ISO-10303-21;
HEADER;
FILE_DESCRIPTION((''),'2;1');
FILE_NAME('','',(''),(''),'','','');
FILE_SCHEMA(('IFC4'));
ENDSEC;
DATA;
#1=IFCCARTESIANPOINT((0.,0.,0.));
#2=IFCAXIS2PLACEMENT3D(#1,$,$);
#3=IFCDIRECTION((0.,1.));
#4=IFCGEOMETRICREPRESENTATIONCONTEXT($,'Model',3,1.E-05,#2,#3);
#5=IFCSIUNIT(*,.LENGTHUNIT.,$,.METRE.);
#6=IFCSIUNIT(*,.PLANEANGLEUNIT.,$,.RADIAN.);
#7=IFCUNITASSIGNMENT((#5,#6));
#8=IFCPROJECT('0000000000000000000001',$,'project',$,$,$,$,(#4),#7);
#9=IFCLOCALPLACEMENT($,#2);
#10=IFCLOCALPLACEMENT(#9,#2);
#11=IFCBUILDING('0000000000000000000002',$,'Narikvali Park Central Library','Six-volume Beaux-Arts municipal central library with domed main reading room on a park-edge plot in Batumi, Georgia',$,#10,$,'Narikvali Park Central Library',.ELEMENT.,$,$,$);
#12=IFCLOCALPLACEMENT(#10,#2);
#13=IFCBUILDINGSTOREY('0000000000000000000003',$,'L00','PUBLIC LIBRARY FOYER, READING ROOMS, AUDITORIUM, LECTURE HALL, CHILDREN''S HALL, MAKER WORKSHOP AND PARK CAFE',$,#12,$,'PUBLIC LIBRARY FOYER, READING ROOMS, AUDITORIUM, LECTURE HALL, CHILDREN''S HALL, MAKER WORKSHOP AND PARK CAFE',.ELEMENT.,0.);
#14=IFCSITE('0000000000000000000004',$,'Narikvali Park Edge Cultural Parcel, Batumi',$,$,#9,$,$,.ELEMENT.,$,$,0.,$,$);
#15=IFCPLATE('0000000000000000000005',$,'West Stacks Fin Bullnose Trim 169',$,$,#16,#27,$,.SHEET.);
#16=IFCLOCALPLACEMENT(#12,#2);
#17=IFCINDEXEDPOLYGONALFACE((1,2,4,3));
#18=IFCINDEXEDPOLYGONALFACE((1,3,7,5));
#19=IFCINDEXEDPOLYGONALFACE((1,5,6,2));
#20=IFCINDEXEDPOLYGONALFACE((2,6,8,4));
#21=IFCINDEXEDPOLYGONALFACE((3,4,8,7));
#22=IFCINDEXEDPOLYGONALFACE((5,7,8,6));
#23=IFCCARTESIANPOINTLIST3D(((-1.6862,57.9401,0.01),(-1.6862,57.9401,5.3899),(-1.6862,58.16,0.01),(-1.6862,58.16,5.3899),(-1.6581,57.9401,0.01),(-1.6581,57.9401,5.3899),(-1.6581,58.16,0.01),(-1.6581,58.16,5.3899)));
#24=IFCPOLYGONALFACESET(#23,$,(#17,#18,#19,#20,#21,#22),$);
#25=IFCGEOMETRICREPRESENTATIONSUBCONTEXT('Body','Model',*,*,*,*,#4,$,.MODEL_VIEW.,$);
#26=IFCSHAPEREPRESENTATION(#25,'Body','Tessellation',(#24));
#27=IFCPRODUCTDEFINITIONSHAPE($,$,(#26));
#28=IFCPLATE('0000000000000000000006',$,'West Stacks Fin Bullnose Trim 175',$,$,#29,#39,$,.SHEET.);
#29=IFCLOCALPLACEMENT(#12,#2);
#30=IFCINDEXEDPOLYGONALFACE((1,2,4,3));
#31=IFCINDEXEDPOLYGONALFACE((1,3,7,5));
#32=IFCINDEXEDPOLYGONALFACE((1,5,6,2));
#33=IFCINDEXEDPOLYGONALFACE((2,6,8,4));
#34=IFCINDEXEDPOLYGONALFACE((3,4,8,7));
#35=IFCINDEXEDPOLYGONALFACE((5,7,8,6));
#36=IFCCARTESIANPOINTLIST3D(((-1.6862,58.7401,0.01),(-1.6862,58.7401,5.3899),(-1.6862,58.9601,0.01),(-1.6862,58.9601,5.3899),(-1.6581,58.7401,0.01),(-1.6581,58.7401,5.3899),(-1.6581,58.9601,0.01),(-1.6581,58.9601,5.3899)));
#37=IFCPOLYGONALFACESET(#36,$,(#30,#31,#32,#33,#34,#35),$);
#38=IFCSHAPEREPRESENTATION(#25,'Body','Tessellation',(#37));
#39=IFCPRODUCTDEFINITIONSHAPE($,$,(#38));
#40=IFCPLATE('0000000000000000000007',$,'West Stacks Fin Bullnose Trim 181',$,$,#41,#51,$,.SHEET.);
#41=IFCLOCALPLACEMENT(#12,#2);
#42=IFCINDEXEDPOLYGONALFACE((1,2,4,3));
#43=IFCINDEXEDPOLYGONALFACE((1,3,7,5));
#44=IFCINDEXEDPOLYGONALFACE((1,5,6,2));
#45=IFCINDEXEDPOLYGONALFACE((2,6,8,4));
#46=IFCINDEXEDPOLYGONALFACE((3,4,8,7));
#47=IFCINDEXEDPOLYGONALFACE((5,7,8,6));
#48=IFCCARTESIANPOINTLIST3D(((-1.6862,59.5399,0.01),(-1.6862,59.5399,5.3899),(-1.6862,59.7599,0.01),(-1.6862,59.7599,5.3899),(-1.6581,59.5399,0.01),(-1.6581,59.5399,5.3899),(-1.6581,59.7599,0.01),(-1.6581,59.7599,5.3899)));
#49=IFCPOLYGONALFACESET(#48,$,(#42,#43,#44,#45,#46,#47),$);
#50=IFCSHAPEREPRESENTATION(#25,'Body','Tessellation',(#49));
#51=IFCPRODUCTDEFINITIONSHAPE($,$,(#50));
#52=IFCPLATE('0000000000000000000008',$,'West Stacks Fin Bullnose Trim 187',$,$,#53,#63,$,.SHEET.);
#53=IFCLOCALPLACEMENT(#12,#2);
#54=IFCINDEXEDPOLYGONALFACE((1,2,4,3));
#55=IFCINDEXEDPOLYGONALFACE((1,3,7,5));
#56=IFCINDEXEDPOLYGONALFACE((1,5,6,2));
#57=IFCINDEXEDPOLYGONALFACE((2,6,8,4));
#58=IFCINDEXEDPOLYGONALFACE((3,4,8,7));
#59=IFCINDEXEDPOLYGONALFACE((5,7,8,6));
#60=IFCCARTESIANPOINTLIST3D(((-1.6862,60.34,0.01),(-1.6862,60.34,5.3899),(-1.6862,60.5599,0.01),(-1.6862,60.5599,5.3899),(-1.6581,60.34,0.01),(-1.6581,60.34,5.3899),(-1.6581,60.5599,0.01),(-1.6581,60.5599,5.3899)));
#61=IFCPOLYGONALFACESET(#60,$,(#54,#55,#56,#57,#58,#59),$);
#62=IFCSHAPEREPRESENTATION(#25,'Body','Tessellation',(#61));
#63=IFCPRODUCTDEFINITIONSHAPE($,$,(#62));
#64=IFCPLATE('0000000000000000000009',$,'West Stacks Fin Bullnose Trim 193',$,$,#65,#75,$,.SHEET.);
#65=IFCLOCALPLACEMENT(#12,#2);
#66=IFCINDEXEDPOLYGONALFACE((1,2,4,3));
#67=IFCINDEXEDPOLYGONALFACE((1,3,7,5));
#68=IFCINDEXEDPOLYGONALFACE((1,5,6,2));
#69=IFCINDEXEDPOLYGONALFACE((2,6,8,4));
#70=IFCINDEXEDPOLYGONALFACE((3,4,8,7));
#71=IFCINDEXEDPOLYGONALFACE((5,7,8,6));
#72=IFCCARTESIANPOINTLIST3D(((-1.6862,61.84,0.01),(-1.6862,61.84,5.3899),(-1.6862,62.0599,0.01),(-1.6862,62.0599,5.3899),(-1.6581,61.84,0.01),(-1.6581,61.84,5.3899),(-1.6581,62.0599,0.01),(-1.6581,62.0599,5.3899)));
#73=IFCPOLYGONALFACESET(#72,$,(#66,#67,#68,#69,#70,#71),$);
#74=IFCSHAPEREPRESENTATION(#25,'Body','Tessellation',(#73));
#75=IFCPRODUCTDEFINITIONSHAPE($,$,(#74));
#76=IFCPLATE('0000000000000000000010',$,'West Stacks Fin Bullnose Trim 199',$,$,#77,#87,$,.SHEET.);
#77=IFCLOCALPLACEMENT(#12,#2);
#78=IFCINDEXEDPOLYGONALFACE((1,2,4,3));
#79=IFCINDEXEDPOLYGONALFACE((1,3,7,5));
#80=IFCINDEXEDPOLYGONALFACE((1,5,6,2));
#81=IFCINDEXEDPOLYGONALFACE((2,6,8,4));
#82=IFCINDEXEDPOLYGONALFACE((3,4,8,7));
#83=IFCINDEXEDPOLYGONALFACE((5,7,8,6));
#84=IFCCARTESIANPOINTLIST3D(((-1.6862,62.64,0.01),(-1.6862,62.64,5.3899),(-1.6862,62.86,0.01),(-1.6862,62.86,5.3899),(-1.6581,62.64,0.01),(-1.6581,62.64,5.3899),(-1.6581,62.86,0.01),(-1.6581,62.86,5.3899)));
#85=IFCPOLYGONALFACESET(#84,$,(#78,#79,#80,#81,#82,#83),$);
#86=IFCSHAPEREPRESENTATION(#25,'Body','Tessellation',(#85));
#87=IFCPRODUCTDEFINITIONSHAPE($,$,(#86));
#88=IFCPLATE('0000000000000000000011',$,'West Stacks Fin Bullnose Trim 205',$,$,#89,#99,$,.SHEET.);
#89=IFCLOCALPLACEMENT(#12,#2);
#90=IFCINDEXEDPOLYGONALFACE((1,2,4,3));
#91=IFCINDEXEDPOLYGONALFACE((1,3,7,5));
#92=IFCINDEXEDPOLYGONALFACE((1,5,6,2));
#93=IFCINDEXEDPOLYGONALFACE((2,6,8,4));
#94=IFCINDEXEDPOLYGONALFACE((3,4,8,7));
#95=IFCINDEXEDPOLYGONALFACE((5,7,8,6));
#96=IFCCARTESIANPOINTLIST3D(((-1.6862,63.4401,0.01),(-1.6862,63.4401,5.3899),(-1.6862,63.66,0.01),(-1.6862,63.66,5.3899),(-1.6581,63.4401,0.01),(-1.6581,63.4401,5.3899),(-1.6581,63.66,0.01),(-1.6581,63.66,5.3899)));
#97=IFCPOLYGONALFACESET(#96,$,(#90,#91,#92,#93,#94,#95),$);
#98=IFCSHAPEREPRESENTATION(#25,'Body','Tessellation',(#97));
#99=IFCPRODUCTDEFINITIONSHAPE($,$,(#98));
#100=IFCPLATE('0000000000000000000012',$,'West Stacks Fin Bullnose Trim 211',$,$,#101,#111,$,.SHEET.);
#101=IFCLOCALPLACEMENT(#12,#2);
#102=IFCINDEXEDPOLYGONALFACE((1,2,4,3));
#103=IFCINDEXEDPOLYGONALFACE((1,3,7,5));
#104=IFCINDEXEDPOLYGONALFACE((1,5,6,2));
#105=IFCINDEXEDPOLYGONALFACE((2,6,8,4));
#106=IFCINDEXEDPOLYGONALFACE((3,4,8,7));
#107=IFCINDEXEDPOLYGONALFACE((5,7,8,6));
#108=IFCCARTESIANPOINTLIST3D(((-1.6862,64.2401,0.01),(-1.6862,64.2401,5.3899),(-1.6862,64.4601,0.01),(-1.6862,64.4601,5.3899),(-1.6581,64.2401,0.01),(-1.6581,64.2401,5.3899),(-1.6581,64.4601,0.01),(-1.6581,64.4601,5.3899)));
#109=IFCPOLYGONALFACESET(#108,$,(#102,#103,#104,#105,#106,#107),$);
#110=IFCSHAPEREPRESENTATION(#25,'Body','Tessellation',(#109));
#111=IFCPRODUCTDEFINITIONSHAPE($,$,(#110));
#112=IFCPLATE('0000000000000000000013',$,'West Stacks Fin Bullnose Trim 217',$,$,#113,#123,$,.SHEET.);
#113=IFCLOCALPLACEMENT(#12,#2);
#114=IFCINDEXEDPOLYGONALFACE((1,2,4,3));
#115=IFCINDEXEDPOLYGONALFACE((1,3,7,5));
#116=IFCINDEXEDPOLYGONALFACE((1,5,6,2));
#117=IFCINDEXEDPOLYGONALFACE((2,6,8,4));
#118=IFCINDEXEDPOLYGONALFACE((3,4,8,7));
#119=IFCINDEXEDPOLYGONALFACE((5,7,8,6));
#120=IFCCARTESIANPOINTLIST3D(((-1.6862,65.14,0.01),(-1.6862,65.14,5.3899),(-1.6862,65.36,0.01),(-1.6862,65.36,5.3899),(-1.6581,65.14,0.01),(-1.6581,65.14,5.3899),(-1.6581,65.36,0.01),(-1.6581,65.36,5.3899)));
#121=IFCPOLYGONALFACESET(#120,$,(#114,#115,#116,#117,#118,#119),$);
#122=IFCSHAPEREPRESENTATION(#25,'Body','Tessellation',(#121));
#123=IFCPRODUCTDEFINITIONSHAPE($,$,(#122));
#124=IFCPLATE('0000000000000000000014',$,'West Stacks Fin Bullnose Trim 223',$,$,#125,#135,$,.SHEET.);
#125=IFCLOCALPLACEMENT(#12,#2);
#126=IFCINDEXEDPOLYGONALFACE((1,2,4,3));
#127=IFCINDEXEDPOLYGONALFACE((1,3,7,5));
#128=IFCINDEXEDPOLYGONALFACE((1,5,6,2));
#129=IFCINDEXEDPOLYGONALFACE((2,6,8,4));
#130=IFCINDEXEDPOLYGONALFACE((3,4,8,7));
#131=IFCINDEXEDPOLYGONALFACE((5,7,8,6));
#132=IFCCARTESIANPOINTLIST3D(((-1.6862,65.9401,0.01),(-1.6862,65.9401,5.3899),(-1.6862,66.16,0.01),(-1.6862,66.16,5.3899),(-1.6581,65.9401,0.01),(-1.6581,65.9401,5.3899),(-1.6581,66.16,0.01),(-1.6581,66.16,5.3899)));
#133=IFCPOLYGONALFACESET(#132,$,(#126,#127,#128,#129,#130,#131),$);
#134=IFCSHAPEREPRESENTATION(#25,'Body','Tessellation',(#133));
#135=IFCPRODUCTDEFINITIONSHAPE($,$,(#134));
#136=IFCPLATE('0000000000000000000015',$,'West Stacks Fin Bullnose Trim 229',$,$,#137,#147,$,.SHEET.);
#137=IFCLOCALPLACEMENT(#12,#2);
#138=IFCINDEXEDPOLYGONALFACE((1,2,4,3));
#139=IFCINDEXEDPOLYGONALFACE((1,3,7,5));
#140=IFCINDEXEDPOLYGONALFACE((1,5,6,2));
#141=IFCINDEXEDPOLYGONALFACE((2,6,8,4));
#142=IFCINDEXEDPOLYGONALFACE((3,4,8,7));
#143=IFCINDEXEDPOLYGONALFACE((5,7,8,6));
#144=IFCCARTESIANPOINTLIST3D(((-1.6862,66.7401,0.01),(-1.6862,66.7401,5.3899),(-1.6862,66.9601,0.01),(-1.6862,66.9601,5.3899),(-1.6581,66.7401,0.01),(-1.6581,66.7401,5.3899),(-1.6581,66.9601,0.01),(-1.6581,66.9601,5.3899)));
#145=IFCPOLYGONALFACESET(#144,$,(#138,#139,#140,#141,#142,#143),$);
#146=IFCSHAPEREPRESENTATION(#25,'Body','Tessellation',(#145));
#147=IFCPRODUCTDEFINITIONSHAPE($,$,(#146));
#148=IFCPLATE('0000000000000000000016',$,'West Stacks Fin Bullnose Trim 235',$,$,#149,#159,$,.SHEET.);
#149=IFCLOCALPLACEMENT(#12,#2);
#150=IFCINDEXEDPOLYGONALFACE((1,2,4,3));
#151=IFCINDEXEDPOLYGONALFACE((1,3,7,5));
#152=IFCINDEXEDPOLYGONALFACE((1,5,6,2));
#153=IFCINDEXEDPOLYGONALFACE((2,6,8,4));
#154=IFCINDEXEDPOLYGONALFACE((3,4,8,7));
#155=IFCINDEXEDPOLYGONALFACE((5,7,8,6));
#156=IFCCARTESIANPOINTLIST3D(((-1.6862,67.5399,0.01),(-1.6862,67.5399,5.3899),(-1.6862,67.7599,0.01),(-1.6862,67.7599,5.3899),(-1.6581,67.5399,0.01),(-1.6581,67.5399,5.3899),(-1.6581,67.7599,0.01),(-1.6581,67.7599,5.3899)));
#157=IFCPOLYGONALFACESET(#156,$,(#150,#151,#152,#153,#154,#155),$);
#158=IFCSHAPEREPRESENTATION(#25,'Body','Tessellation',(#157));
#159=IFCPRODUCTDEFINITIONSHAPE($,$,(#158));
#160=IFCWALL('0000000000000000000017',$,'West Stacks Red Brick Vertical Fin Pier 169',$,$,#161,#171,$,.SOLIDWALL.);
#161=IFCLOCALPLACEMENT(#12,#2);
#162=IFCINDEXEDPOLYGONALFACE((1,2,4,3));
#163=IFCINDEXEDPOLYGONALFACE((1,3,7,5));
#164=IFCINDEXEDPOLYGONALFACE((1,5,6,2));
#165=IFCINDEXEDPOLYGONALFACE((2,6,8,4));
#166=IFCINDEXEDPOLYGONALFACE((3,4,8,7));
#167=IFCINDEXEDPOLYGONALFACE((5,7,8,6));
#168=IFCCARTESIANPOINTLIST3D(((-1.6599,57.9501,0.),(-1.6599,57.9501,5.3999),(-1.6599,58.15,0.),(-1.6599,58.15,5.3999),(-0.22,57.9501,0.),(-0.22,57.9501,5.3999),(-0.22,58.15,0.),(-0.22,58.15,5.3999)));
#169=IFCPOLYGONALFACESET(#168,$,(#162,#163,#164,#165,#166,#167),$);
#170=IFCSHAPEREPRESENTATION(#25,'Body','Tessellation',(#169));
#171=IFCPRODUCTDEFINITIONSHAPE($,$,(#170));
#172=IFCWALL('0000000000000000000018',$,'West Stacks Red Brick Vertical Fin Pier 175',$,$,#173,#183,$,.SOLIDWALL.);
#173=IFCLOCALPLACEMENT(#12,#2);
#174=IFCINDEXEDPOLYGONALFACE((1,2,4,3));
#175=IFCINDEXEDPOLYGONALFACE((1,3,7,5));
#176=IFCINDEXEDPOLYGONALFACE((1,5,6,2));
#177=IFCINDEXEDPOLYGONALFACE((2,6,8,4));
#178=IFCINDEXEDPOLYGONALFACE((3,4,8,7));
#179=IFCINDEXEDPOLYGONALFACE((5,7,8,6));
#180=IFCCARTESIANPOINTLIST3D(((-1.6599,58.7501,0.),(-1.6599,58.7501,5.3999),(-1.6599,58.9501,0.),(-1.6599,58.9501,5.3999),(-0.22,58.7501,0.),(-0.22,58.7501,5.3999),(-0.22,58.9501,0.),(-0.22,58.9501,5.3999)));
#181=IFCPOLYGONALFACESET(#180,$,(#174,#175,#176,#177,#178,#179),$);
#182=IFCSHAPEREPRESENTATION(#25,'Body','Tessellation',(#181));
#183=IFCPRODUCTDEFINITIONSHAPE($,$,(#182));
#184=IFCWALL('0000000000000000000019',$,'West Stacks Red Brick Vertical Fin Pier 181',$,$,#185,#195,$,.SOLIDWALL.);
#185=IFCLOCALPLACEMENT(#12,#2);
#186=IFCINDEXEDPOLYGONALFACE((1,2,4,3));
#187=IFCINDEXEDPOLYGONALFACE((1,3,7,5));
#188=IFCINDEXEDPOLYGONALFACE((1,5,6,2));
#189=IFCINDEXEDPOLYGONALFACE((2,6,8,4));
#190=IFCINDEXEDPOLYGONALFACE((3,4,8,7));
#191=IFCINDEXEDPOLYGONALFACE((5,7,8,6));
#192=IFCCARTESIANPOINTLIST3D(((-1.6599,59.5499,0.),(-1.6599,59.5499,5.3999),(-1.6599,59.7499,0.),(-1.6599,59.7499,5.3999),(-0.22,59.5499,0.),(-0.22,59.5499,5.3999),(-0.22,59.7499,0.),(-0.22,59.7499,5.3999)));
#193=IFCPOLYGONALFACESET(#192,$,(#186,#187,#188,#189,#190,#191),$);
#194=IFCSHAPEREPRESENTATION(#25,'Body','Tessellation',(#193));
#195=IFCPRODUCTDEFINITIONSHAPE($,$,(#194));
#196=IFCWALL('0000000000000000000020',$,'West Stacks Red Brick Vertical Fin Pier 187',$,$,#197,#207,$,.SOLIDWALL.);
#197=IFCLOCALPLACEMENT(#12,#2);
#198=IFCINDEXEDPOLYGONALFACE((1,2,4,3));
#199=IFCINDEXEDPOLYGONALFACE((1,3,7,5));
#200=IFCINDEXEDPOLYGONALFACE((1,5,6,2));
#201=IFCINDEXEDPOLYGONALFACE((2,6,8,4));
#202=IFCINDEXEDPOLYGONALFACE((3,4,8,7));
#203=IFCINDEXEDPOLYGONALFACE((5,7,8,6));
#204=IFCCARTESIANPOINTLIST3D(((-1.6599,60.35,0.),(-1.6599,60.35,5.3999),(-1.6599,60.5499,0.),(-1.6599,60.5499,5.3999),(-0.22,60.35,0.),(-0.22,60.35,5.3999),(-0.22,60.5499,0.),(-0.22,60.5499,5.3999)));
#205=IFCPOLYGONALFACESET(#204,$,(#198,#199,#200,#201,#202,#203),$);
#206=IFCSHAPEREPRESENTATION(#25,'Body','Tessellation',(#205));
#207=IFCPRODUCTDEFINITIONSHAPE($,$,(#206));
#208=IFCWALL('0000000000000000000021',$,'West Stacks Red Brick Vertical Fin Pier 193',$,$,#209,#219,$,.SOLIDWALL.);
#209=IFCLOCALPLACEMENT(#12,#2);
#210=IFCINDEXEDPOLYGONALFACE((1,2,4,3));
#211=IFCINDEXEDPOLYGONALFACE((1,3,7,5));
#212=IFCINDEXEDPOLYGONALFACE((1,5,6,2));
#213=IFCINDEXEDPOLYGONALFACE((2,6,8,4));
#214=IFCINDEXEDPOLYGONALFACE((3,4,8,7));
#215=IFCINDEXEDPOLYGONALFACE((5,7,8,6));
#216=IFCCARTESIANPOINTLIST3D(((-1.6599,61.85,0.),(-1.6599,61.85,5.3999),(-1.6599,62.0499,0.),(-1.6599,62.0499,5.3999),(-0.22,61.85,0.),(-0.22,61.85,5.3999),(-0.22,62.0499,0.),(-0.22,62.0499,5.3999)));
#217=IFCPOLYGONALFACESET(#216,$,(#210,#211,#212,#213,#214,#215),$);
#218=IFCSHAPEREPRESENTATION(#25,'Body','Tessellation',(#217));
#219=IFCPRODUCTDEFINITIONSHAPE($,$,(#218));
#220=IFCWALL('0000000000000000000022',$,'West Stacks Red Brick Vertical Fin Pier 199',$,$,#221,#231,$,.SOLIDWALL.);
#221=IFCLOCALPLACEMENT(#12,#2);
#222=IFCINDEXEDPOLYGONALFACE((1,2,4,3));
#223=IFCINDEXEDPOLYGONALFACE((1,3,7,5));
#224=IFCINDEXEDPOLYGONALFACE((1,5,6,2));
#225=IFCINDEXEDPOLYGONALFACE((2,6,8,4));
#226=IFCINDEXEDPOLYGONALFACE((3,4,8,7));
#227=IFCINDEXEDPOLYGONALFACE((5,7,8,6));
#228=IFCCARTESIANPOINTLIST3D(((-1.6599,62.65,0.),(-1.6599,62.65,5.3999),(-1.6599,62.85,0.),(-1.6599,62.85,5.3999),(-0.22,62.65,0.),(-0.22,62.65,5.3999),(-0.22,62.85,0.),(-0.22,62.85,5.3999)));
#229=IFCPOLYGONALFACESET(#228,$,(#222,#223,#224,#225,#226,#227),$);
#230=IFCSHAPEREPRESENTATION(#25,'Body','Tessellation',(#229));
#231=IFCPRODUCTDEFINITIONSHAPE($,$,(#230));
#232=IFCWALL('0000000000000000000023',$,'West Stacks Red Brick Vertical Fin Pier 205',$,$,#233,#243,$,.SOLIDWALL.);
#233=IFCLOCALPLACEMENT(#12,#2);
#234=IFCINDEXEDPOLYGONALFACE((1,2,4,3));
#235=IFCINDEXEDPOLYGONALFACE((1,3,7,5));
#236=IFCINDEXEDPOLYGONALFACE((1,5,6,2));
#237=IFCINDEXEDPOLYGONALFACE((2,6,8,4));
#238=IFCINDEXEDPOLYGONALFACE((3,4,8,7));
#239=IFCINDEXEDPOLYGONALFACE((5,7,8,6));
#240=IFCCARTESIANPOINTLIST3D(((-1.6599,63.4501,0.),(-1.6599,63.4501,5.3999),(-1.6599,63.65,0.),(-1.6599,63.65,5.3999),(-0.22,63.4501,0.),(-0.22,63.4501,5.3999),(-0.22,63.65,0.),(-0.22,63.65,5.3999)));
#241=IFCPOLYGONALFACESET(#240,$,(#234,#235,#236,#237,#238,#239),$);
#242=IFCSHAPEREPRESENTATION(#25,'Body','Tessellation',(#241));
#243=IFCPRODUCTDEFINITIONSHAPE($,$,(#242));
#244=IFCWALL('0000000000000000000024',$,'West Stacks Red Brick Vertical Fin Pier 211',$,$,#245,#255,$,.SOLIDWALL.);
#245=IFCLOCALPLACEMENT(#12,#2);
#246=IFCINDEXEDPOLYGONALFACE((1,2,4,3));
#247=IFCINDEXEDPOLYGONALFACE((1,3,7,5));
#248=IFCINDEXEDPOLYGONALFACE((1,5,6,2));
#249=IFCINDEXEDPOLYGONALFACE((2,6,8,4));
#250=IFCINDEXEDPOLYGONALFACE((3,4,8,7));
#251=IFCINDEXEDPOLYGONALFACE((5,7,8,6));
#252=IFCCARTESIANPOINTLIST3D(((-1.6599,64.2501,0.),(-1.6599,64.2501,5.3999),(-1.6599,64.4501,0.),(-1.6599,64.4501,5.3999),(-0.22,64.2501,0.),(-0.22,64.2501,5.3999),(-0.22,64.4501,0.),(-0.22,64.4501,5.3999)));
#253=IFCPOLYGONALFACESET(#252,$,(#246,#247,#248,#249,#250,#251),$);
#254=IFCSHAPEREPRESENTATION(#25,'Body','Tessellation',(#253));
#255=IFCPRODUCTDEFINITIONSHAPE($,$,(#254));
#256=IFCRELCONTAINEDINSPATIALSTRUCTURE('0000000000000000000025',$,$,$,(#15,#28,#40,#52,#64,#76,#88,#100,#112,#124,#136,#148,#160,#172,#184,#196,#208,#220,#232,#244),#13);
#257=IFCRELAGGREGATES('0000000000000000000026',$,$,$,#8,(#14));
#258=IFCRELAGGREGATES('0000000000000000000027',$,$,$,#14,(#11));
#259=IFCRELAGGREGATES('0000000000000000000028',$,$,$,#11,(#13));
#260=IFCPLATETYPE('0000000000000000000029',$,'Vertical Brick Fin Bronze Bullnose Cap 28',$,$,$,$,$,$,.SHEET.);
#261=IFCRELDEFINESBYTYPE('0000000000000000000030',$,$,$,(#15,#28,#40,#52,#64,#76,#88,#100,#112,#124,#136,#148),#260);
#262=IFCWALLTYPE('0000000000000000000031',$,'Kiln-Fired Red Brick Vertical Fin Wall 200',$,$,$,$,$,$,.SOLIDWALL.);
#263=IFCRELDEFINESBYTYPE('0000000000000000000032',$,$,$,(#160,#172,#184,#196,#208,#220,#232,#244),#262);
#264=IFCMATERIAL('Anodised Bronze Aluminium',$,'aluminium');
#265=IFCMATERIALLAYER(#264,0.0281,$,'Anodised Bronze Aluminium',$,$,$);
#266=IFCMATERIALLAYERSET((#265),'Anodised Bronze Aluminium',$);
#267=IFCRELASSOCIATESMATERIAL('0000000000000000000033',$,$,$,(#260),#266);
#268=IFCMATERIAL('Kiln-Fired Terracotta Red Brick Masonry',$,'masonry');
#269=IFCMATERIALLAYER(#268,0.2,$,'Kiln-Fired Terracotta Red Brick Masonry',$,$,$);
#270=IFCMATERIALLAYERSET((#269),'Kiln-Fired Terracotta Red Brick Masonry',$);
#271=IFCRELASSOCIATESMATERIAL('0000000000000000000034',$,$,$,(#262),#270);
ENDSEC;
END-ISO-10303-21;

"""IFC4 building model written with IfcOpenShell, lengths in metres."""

from ifc_helpers import new_model, si_unit, direction, frame, frame_2d, origin, origin_2d, place, context, subcontext, project, spatial, rectangle, extrude, material, layer, layer_set, type_object, element, save


model = new_model("IFC4")

# Units and contexts
model_context = context("Model", 3, precision=1e-05, world=origin(), true_north=direction((0.0, 1.0)))
body_context = subcontext(model_context, "Body", "Model", "MODEL_VIEW")
ifc_project = project(units=[si_unit("LENGTHUNIT", "METRE"), si_unit("PLANEANGLEUNIT", "RADIAN")], contexts=[model_context])

# Site, building, storey
site_placement = place(None, origin())
site = spatial("IfcSite", under=ifc_project, at=site_placement, Name="Narikvali Park Edge Cultural Parcel, Batumi", CompositionType="ELEMENT", RefElevation=0.0)
building_placement = place(site_placement, origin())
building = spatial("IfcBuilding", under=site, at=building_placement, Name="Narikvali Park Central Library", Description="Six-volume Beaux-Arts municipal central library with domed main reading room on a park-edge plot in Batumi, Georgia", LongName="Narikvali Park Central Library", CompositionType="ELEMENT")
storey_placement = place(building_placement, origin())
storey = spatial("IfcBuildingStorey", under=building, at=storey_placement, Name="L00", Description="PUBLIC LIBRARY FOYER, READING ROOMS, AUDITORIUM, LECTURE HALL, CHILDREN'S HALL, MAKER WORKSHOP AND PARK CAFE", LongName="PUBLIC LIBRARY FOYER, READING ROOMS, AUDITORIUM, LECTURE HALL, CHILDREN'S HALL, MAKER WORKSHOP AND PARK CAFE", CompositionType="ELEMENT", Elevation=0.0)

# Plates
ifc_material_1 = material(Name="Anodised Bronze Aluminium", Category="aluminium")
ifc_layer_1 = layer(ifc_material_1, 0.0281, Name="Anodised Bronze Aluminium")
ifc_layer_set_1 = layer_set([ifc_layer_1], Name="Anodised Bronze Aluminium")
plate_type = type_object("IfcPlateType", Name="Vertical Brick Fin Bronze Bullnose Cap 28", PredefinedType="SHEET", material=ifc_layer_set_1)
for number, where, z_axis, x_axis, name in (
    (1, (-1.6721, 58.05, 0.01), (0.0, 0.0, 1.0), (1.0, 0.0, 0.0), "West Stacks Fin Bullnose Trim 169"),
    (2, (-1.6721, 58.8501, 0.01), (0.0, 0.0, 1.0), (1.0, 0.0, 0.0), "West Stacks Fin Bullnose Trim 175"),
    (3, (-1.6721, 59.6499, 0.01), (0.0, 0.0, 1.0), (1.0, 0.0, 0.0), "West Stacks Fin Bullnose Trim 181"),
    (4, (-1.6721, 60.45, 0.01), (0.0, 0.0, 1.0), (1.0, 0.0, 0.0), "West Stacks Fin Bullnose Trim 187"),
    (5, (-1.6721, 61.95, 0.01), (0.0, 0.0, 1.0), (1.0, 0.0, 0.0), "West Stacks Fin Bullnose Trim 193"),
    (6, (-1.6721, 62.75, 0.01), (0.0, 0.0, 1.0), (1.0, 0.0, 0.0), "West Stacks Fin Bullnose Trim 199"),
    (7, (-1.6721, 63.55, 0.01), (0.0, 0.0, 1.0), (1.0, 0.0, 0.0), "West Stacks Fin Bullnose Trim 205"),
    (8, (-1.6721, 64.3501, 0.01), (0.0, 0.0, 1.0), (1.0, 0.0, 0.0), "West Stacks Fin Bullnose Trim 211"),
    (9, (-1.6721, 65.25, 0.01), (0.0, 0.0, 1.0), (1.0, 0.0, 0.0), "West Stacks Fin Bullnose Trim 217"),
    (10, (-1.6721, 66.05, 0.01), (0.0, 0.0, 1.0), (1.0, 0.0, 0.0), "West Stacks Fin Bullnose Trim 223"),
    (11, (-1.6721, 66.8501, 0.01), (0.0, 0.0, 1.0), (1.0, 0.0, 0.0), "West Stacks Fin Bullnose Trim 229"),
    (12, (-1.6721, 67.6499, 0.01), (0.0, 0.0, 1.0), (1.0, 0.0, 0.0), "West Stacks Fin Bullnose Trim 235"),
):
    element("IfcPlate", number, at=place(storey_placement, frame(where, z_axis=z_axis, x_axis=x_axis)), inside=storey, type_object=plate_type, Name=name, PredefinedType="SHEET", context=body_context, shape_type="SweptSolid", body=[
        extrude(rectangle(XDim=0.0281, YDim=0.22, at=origin_2d()), origin(), (0.0, 0.0, 1.0), 5.3799),
    ])

# Walls
ifc_material_2 = material(Name="Kiln-Fired Terracotta Red Brick Masonry", Category="masonry")
ifc_layer_2 = layer(ifc_material_2, 0.2, Name="Kiln-Fired Terracotta Red Brick Masonry")
ifc_layer_set_2 = layer_set([ifc_layer_2], Name="Kiln-Fired Terracotta Red Brick Masonry")
wall_type = type_object("IfcWallType", Name="Kiln-Fired Red Brick Vertical Fin Wall 200", PredefinedType="SOLIDWALL", material=ifc_layer_set_2)
for number, where, z_axis, x_axis, name in (
    (13, (-1.6599, 58.05, 0.0), (0.0, 0.0, 1.0), (1.0, 0.0, 0.0), "West Stacks Red Brick Vertical Fin Pier 169"),
    (14, (-1.6599, 58.8501, 0.0), (0.0, 0.0, 1.0), (1.0, 0.0, 0.0), "West Stacks Red Brick Vertical Fin Pier 175"),
    (15, (-1.6599, 59.6499, 0.0), (0.0, 0.0, 1.0), (1.0, 0.0, 0.0), "West Stacks Red Brick Vertical Fin Pier 181"),
    (16, (-1.6599, 60.45, 0.0), (0.0, 0.0, 1.0), (1.0, 0.0, 0.0), "West Stacks Red Brick Vertical Fin Pier 187"),
    (17, (-1.6599, 61.95, 0.0), (0.0, 0.0, 1.0), (1.0, 0.0, 0.0), "West Stacks Red Brick Vertical Fin Pier 193"),
    (18, (-1.6599, 62.75, 0.0), (0.0, 0.0, 1.0), (1.0, 0.0, 0.0), "West Stacks Red Brick Vertical Fin Pier 199"),
    (19, (-1.6599, 63.55, 0.0), (0.0, 0.0, 1.0), (1.0, 0.0, 0.0), "West Stacks Red Brick Vertical Fin Pier 205"),
    (20, (-1.6599, 64.3501, 0.0), (0.0, 0.0, 1.0), (1.0, 0.0, 0.0), "West Stacks Red Brick Vertical Fin Pier 211"),
):
    element("IfcWall", number, at=place(storey_placement, frame(where, z_axis=z_axis, x_axis=x_axis)), inside=storey, type_object=wall_type, Name=name, PredefinedType="SOLIDWALL", context=body_context, shape_type="SweptSolid", body=[
        extrude(rectangle(XDim=1.4399, YDim=0.2, at=frame_2d((0.72, 0.0))), origin(), (0.0, 0.0, 1.0), 5.3999),
    ])

save(model, "model.ifc")
